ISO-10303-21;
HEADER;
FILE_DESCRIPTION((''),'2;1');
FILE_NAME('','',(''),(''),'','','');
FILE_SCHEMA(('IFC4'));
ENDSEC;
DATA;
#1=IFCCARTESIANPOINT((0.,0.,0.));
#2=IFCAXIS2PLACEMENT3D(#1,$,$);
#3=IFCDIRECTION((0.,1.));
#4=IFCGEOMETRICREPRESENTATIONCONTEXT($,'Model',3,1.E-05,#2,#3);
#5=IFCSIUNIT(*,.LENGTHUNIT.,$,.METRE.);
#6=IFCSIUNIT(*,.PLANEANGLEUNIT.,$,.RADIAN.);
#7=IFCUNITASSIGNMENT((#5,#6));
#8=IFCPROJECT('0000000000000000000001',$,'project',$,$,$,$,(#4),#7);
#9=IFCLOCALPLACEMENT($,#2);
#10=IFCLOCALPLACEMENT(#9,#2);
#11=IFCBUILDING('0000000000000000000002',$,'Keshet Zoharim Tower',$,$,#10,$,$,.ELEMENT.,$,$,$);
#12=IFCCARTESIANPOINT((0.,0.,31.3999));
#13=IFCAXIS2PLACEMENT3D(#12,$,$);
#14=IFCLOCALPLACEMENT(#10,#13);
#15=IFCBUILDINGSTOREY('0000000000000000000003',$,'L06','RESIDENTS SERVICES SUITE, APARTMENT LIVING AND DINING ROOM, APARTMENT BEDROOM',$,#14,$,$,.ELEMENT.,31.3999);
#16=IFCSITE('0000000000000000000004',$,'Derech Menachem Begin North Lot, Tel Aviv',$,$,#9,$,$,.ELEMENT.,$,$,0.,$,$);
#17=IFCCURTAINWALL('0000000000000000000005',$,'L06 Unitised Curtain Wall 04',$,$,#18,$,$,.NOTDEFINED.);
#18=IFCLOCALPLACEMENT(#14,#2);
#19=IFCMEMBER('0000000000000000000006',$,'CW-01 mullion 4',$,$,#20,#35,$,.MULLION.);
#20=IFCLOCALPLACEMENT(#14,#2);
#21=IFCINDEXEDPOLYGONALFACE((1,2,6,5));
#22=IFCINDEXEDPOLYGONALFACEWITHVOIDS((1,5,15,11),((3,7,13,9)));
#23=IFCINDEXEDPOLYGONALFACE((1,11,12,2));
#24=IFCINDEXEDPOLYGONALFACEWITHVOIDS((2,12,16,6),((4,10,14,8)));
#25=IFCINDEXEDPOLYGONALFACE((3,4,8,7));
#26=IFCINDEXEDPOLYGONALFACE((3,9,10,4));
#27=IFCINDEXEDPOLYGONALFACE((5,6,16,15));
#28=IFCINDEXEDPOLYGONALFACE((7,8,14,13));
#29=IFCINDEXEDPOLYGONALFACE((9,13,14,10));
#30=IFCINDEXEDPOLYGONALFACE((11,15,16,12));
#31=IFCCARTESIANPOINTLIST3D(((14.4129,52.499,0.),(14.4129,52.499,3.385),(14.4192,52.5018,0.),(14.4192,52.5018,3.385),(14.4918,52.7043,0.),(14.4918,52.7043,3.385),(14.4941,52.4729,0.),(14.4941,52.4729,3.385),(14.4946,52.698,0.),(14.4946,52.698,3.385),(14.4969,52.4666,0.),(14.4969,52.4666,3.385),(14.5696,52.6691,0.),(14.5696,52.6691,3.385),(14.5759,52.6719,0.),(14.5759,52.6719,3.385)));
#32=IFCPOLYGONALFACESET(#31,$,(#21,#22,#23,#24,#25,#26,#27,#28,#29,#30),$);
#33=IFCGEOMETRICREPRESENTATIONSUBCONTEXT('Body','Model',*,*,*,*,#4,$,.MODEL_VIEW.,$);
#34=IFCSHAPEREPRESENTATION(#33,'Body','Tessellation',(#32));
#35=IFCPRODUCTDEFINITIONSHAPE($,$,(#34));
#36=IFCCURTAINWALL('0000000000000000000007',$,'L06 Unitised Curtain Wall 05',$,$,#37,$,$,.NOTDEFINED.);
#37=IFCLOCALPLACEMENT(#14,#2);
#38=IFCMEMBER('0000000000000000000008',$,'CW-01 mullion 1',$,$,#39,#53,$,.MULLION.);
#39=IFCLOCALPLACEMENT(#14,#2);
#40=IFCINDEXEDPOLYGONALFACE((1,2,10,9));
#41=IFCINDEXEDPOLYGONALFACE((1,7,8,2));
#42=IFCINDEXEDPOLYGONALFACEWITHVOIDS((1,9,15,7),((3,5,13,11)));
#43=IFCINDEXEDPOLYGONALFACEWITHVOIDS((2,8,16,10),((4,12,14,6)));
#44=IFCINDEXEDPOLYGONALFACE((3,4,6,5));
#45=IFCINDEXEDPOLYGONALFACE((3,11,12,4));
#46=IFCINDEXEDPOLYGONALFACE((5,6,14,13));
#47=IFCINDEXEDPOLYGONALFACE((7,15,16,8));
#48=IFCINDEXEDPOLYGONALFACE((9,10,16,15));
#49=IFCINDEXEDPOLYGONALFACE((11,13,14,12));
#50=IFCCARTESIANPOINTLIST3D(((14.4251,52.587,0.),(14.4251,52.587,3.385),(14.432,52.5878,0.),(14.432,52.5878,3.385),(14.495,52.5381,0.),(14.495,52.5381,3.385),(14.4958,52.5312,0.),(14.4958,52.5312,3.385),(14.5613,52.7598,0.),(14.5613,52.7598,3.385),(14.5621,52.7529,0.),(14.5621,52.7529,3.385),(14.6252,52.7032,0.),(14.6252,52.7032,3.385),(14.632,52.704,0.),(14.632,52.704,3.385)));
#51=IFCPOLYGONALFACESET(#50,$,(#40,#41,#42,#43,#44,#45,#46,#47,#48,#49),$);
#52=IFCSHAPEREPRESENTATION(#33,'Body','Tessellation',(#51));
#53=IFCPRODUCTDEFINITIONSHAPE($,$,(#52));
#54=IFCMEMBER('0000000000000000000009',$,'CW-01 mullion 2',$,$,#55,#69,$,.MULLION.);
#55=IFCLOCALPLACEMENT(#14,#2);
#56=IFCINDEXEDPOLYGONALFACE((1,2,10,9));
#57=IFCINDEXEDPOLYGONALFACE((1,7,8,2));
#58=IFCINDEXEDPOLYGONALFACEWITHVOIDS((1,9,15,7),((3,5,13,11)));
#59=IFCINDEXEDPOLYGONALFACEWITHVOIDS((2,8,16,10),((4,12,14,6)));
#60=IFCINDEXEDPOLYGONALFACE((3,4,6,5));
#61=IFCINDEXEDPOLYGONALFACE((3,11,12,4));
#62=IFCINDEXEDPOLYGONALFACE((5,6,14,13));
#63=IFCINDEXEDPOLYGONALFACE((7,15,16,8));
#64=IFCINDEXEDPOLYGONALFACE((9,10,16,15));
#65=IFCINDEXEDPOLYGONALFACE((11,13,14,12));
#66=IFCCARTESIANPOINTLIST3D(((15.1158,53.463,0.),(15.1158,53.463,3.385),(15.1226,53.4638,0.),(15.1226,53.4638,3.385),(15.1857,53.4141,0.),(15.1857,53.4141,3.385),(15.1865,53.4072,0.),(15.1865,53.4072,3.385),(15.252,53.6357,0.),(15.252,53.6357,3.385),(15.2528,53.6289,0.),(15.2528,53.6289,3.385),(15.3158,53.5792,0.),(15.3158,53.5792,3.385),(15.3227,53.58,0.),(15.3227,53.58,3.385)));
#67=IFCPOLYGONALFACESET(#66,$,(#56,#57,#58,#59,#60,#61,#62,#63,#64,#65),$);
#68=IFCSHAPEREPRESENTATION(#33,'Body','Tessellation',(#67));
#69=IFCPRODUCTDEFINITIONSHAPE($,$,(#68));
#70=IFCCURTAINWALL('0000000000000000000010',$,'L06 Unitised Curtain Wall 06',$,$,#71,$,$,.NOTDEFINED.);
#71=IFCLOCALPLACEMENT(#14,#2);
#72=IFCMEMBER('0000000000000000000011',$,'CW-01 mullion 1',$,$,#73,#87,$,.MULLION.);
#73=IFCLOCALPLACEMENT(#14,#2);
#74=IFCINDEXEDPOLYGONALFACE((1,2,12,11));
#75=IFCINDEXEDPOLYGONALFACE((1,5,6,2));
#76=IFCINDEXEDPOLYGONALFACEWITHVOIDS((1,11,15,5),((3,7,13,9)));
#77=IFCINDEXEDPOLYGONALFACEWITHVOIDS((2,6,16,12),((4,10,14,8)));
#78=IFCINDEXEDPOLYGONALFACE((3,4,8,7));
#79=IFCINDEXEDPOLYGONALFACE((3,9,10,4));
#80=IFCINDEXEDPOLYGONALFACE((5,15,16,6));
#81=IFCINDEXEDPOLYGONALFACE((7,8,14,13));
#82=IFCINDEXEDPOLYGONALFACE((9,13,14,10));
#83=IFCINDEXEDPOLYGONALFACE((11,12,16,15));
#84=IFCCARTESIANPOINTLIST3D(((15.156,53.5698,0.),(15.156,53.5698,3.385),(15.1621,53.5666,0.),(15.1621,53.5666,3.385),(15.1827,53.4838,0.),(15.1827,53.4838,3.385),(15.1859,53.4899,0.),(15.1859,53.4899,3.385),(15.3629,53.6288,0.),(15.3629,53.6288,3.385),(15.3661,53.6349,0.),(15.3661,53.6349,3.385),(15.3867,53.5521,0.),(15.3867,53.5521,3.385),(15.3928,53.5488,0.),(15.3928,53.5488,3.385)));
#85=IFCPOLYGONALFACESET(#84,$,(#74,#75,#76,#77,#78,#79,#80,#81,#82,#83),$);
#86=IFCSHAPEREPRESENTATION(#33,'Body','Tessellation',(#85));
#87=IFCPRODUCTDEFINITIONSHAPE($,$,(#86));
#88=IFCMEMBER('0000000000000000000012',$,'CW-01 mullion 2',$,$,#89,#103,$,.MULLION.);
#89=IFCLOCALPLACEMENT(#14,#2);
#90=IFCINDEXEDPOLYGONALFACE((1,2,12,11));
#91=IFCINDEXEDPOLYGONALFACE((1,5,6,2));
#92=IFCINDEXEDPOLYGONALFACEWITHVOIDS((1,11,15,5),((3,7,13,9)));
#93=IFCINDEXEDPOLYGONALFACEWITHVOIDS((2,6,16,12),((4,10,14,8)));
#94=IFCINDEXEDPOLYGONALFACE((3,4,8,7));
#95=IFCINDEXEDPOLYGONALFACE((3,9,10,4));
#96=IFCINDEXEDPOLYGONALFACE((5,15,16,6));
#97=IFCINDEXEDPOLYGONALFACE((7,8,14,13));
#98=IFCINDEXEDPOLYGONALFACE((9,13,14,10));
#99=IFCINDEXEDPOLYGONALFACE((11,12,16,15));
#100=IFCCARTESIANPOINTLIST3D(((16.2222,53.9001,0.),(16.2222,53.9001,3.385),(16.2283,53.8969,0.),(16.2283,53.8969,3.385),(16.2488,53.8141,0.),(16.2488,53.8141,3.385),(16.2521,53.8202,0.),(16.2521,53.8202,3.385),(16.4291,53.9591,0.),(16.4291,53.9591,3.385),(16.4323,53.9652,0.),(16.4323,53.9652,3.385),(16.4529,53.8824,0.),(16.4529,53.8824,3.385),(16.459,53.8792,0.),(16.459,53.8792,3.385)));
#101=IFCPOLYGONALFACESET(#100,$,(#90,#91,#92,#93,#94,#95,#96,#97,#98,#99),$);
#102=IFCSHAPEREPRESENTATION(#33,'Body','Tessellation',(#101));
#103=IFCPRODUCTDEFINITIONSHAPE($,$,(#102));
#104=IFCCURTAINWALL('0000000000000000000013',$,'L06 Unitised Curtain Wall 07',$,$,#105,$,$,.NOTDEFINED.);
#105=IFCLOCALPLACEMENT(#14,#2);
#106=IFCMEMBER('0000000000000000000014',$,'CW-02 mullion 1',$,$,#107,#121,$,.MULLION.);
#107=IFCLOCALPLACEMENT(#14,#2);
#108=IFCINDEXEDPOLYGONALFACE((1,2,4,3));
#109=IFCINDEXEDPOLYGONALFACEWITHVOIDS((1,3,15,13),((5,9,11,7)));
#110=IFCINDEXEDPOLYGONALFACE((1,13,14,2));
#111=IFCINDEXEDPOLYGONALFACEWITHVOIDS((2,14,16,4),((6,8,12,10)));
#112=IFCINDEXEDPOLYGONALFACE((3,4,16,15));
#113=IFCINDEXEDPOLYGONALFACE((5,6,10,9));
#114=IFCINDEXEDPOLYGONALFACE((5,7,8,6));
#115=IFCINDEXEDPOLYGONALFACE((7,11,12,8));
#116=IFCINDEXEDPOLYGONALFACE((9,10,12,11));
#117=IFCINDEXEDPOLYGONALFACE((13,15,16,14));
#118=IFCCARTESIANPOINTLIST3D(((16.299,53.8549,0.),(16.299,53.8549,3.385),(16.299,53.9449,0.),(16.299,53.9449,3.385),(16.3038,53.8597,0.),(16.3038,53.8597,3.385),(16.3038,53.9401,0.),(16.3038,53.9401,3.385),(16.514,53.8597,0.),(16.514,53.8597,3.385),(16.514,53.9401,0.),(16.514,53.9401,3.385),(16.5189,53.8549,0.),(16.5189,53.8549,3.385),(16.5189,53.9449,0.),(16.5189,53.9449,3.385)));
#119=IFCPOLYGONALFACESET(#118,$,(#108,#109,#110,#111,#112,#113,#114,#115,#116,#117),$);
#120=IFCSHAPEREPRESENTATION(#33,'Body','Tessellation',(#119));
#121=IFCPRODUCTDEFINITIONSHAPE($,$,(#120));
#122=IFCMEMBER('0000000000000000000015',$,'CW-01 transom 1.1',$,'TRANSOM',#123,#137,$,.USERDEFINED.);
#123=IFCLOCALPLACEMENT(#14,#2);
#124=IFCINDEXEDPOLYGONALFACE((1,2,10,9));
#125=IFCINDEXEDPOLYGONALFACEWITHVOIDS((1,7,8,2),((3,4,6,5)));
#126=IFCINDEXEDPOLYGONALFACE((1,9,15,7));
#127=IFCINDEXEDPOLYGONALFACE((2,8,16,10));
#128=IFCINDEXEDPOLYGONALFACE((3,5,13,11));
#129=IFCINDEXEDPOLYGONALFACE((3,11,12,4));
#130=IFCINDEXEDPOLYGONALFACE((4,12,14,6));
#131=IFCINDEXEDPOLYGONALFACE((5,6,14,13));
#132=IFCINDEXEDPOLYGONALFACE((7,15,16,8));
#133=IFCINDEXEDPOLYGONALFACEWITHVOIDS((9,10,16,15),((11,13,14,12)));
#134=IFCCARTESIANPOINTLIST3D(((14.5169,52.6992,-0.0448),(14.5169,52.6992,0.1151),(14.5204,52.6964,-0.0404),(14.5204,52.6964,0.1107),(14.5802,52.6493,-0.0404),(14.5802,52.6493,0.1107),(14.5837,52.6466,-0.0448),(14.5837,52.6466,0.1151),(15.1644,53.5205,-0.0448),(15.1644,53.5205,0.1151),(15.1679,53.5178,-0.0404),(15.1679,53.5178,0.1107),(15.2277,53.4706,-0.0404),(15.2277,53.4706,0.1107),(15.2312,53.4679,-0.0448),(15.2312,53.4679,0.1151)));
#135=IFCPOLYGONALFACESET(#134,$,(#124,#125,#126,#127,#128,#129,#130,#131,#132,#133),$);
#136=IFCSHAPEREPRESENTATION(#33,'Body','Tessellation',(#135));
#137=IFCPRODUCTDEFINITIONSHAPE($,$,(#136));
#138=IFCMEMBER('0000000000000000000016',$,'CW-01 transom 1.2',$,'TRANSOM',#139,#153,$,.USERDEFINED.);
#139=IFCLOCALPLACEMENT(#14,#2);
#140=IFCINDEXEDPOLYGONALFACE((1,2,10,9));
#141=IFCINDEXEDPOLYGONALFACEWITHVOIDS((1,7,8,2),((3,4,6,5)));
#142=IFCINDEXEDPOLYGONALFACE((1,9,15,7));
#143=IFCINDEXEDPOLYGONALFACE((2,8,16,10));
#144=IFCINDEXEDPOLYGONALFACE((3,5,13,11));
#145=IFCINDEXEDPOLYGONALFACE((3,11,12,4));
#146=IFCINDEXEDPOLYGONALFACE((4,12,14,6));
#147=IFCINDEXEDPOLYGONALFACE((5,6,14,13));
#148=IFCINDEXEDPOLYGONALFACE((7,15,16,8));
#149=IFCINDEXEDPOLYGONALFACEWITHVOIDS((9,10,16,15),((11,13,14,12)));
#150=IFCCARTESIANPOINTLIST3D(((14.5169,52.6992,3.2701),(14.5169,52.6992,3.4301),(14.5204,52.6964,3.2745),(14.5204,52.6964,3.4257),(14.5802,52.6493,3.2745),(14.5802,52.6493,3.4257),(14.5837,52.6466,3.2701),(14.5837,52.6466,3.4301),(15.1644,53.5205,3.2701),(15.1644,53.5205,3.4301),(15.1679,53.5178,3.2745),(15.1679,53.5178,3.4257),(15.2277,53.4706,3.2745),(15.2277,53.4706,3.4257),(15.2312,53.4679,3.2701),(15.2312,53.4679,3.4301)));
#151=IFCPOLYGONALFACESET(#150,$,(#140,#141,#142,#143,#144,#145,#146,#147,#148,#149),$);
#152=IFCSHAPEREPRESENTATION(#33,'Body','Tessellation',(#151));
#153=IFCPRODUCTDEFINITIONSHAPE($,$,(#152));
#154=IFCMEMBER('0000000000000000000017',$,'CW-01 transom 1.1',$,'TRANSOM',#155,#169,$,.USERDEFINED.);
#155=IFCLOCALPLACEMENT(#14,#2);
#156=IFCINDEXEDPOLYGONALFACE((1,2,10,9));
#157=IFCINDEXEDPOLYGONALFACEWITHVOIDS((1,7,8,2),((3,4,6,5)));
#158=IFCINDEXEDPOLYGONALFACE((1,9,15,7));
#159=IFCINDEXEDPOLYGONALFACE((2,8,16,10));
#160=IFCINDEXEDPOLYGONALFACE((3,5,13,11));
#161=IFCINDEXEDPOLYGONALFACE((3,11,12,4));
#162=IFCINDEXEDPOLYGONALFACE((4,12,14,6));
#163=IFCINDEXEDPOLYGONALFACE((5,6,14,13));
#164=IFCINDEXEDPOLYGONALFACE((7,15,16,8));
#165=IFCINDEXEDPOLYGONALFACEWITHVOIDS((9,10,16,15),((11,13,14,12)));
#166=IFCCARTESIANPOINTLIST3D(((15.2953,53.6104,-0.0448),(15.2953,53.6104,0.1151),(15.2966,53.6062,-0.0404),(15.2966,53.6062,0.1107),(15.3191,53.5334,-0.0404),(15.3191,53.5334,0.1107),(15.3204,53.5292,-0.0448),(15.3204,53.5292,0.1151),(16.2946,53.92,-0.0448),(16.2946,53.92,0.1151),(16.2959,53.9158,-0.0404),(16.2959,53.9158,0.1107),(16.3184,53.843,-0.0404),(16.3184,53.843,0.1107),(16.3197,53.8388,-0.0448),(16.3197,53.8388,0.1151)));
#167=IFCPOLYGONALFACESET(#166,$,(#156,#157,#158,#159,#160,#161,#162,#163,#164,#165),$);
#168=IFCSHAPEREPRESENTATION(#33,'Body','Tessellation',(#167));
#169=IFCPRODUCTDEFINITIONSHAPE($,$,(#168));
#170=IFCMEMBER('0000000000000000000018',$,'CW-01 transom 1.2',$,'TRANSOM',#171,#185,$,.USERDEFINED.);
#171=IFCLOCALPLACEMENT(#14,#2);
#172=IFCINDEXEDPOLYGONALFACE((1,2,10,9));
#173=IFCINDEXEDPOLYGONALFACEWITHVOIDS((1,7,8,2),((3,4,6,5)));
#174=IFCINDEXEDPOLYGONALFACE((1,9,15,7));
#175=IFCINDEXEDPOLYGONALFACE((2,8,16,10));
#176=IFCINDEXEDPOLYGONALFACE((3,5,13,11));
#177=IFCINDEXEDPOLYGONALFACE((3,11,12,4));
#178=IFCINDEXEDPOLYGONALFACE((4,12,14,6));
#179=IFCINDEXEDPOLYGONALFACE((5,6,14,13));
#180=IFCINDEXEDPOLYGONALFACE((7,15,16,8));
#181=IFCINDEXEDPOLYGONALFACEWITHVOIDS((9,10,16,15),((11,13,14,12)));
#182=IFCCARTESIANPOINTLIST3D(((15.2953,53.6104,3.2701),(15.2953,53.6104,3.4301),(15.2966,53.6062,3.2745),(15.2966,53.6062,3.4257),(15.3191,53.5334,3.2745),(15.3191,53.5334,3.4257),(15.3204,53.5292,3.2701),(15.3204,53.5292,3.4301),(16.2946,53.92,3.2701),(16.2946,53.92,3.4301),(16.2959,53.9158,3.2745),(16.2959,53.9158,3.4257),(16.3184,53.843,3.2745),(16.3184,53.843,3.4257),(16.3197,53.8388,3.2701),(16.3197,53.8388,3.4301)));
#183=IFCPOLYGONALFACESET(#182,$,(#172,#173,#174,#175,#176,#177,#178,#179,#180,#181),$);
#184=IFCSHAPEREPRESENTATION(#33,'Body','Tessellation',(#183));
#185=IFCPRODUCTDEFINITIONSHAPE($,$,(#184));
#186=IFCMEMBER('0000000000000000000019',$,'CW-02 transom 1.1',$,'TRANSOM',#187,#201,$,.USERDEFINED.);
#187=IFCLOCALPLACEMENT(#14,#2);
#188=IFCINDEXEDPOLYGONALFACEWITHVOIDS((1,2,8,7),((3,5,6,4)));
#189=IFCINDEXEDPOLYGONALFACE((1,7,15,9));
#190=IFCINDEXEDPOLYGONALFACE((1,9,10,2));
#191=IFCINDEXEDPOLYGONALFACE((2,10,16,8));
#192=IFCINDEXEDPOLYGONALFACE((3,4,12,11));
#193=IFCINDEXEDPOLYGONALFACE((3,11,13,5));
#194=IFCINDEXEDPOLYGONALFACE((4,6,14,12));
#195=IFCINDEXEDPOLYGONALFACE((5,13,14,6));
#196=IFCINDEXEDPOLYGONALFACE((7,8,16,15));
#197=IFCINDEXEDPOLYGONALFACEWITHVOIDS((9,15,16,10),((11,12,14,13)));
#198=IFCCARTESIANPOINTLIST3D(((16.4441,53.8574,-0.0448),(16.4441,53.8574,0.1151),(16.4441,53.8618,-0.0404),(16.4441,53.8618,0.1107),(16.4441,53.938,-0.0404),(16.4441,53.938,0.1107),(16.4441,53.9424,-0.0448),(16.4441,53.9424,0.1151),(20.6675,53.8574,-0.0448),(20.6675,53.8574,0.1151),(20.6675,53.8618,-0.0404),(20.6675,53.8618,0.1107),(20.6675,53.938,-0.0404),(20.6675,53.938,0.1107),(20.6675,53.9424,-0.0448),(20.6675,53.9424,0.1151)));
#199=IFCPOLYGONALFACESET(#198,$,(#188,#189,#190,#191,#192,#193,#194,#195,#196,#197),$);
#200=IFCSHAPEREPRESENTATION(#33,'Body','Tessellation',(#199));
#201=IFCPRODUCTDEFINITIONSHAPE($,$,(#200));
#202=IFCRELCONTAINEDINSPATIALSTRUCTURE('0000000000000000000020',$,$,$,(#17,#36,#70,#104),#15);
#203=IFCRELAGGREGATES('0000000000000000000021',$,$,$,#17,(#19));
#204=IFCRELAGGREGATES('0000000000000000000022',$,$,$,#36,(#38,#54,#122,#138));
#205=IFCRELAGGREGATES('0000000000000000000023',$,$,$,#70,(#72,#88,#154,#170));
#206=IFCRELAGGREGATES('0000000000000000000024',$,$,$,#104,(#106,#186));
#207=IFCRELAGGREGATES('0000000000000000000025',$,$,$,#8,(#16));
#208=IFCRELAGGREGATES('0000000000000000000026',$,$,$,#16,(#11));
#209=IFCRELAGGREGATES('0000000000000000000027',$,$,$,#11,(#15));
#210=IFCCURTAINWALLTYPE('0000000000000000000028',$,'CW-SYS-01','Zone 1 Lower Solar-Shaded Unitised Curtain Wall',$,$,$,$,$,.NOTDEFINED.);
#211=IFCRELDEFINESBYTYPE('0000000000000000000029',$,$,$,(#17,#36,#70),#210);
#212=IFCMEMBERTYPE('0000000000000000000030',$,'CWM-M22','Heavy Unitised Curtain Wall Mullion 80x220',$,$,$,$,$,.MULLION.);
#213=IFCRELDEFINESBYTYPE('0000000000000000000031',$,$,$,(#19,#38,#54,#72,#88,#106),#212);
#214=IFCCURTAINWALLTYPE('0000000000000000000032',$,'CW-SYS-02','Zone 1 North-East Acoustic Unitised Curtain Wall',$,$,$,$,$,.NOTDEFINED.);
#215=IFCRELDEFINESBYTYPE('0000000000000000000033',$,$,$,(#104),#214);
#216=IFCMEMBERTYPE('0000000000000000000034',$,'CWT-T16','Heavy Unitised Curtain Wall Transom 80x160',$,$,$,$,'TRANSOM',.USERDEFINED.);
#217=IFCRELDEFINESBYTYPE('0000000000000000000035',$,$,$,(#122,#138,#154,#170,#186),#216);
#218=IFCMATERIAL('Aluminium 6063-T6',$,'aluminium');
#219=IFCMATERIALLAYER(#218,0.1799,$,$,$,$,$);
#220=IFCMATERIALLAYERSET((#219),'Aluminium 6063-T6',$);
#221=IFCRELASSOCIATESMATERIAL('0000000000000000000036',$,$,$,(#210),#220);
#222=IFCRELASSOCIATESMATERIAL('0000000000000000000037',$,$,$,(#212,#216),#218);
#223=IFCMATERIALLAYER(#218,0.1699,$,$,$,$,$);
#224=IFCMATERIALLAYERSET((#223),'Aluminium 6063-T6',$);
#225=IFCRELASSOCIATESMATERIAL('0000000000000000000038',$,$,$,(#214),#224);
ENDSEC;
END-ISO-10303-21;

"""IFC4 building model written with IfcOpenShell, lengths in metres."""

from ifc_helpers import new_model, si_unit, direction, frame, origin, origin_2d, place, context, subcontext, project, spatial, hollow_rectangle, extrude, material, layer, layer_set, material_profile, profile_set, type_object, element, aggregate, save


model = new_model("IFC4")

# Units and contexts
model_context = context("Model", 3, precision=1e-05, world=origin(), true_north=direction((0.0, 1.0)))
body_context = subcontext(model_context, "Body", "Model", "MODEL_VIEW")
ifc_project = project(units=[si_unit("LENGTHUNIT", "METRE"), si_unit("PLANEANGLEUNIT", "RADIAN")], contexts=[model_context])

# Site, building, storey
site_placement = place(None, origin())
site = spatial("IfcSite", under=ifc_project, at=site_placement, Name="Derech Menachem Begin North Lot, Tel Aviv", CompositionType="ELEMENT", RefElevation=0.0)
building_placement = place(site_placement, origin())
building = spatial("IfcBuilding", under=site, at=building_placement, Name="Keshet Zoharim Tower", CompositionType="ELEMENT")
storey_placement = place(building_placement, frame((0.0, 0.0, 31.3999)))
storey = spatial("IfcBuildingStorey", under=building, at=storey_placement, Name="L06", Description="RESIDENTS SERVICES SUITE, APARTMENT LIVING AND DINING ROOM, APARTMENT BEDROOM", CompositionType="ELEMENT", Elevation=31.3999)

# Curtain wall, member
ifc_material_1 = material(Name="Aluminium 6063-T6", Category="aluminium")
ifc_layer_1 = layer(ifc_material_1, 0.1799)
ifc_layer_set_1 = layer_set([ifc_layer_1], Name="Aluminium 6063-T6")
curtain_wall_type_1 = type_object("IfcCurtainWallType", Name="CW-SYS-01", Description="Zone 1 Lower Solar-Shaded Unitised Curtain Wall", PredefinedType="NOTDEFINED", material=ifc_layer_set_1)
curtain_wall_1_placement = place(storey_placement, origin())
curtain_wall_1 = element("IfcCurtainWall", 1, at=curtain_wall_1_placement, inside=storey, type_object=curtain_wall_type_1, Name="L06 Unitised Curtain Wall 04", PredefinedType="NOTDEFINED")
ifc_material_profile_1 = material_profile(ifc_material_1, hollow_rectangle(XDim=0.0901, YDim=0.22, WallThickness=0.0049, at=origin_2d()), Name="MUL-90x220")
ifc_profile_set_1 = profile_set([ifc_material_profile_1], Name="Aluminium 6063-T6")
member_type_1 = type_object("IfcMemberType", Name="CWM-M22", Description="Heavy Unitised Curtain Wall Mullion 80x220", PredefinedType="MULLION", material=ifc_profile_set_1)
member_1_placement = place(storey_placement, frame((14.4944, 52.5854, 0.0), z_axis=(0.0, 0.0, 1.0), x_axis=(-0.933341, 0.35899, 0.0)))
member_1 = element("IfcMember", 2, at=member_1_placement, type_object=member_type_1, Name="CW-01 mullion 4", PredefinedType="MULLION", context=body_context, shape_type="SweptSolid", body=[
    extrude(hollow_rectangle(XDim=0.0901, YDim=0.22, WallThickness=0.0049, at=origin_2d()), origin(), (0.0, 0.0, 1.0), 3.385),
])

# Curtain walls, members
curtain_wall_2_placement = place(storey_placement, origin())
curtain_wall_2 = element("IfcCurtainWall", 3, at=curtain_wall_2_placement, inside=storey, type_object=curtain_wall_type_1, Name="L06 Unitised Curtain Wall 05", PredefinedType="NOTDEFINED")
member_2_placement = place(storey_placement, frame((14.5286, 52.6455, 0.0), z_axis=(0.0, 0.0, 1.0), x_axis=(-0.785293, 0.619125, 0.0)))
member_2 = element("IfcMember", 4, at=member_2_placement, type_object=member_type_1, Name="CW-01 mullion 1", PredefinedType="MULLION", context=body_context, shape_type="SweptSolid", body=[
    extrude(hollow_rectangle(XDim=0.0901, YDim=0.22, WallThickness=0.0049, at=origin_2d()), origin(), (0.0, 0.0, 1.0), 3.385),
])
member_3_placement = place(storey_placement, frame((15.2192, 53.5215, 0.0), z_axis=(0.0, 0.0, 1.0), x_axis=(-0.785293, 0.619125, 0.0)))
member_3 = element("IfcMember", 5, at=member_3_placement, type_object=member_type_1, Name="CW-01 mullion 2", PredefinedType="MULLION", context=body_context, shape_type="SweptSolid", body=[
    extrude(hollow_rectangle(XDim=0.0901, YDim=0.22, WallThickness=0.0049, at=origin_2d()), origin(), (0.0, 0.0, 1.0), 3.385),
])
curtain_wall_3_placement = place(storey_placement, origin())
curtain_wall_3 = element("IfcCurtainWall", 6, at=curtain_wall_3_placement, inside=storey, type_object=curtain_wall_type_1, Name="L06 Unitised Curtain Wall 06", PredefinedType="NOTDEFINED")
member_4_placement = place(storey_placement, frame((15.2744, 53.5593, 0.0), z_axis=(0.0, 0.0, 1.0), x_axis=(-0.295922, 0.955212, 0.0)))
member_4 = element("IfcMember", 7, at=member_4_placement, type_object=member_type_1, Name="CW-01 mullion 1", PredefinedType="MULLION", context=body_context, shape_type="SweptSolid", body=[
    extrude(hollow_rectangle(XDim=0.0901, YDim=0.22, WallThickness=0.0049, at=origin_2d()), origin(), (0.0, 0.0, 1.0), 3.385),
])
member_5_placement = place(storey_placement, frame((16.3406, 53.8896, 0.0), z_axis=(0.0, 0.0, 1.0), x_axis=(-0.295922, 0.955212, 0.0)))
member_5 = element("IfcMember", 8, at=member_5_placement, type_object=member_type_1, Name="CW-01 mullion 2", PredefinedType="MULLION", context=body_context, shape_type="SweptSolid", body=[
    extrude(hollow_rectangle(XDim=0.0901, YDim=0.22, WallThickness=0.0049, at=origin_2d()), origin(), (0.0, 0.0, 1.0), 3.385),
])

# Curtain wall, member
ifc_layer_2 = layer(ifc_material_1, 0.1699)
ifc_layer_set_2 = layer_set([ifc_layer_2], Name="Aluminium 6063-T6")
curtain_wall_type_2 = type_object("IfcCurtainWallType", Name="CW-SYS-02", Description="Zone 1 North-East Acoustic Unitised Curtain Wall", PredefinedType="NOTDEFINED", material=ifc_layer_set_2)
curtain_wall_4_placement = place(storey_placement, origin())
curtain_wall_4 = element("IfcCurtainWall", 9, at=curtain_wall_4_placement, inside=storey, type_object=curtain_wall_type_2, Name="L06 Unitised Curtain Wall 07", PredefinedType="NOTDEFINED")
member_6_placement = place(storey_placement, frame((16.4089, 53.8999, 0.0), z_axis=(0.0, 0.0, 1.0), x_axis=(0.0, 1.0, 0.0)))
member_6 = element("IfcMember", 10, at=member_6_placement, type_object=member_type_1, Name="CW-02 mullion 1", PredefinedType="MULLION", context=body_context, shape_type="SweptSolid", body=[
    extrude(hollow_rectangle(XDim=0.0901, YDim=0.22, WallThickness=0.0049, at=origin_2d()), origin(), (0.0, 0.0, 1.0), 3.385),
])

# Members
ifc_material_profile_2 = material_profile(ifc_material_1, hollow_rectangle(XDim=0.085, YDim=0.1599, WallThickness=0.0044, at=origin_2d()), Name="TRN-85x160")
ifc_profile_set_2 = profile_set([ifc_material_profile_2], Name="Aluminium 6063-T6")
member_type_2 = type_object("IfcMemberType", Name="CWT-T16", Description="Heavy Unitised Curtain Wall Transom 80x160", ElementType="TRANSOM", PredefinedType="USERDEFINED", material=ifc_profile_set_2)
member_7_placement = place(storey_placement, frame((14.5503, 52.6729, 0.0352), z_axis=(0.619099, 0.785313, 0.0), x_axis=(-0.785313, 0.619099, 0.0)))
member_7 = element("IfcMember", 11, at=member_7_placement, type_object=member_type_2, Name="CW-01 transom 1.1", ObjectType="TRANSOM", PredefinedType="USERDEFINED", context=body_context, shape_type="SweptSolid", body=[
    extrude(hollow_rectangle(XDim=0.085, YDim=0.1599, WallThickness=0.0044, at=origin_2d()), origin(), (0.0, 0.0, 1.0), 1.0459),
])
member_8_placement = place(storey_placement, frame((14.5503, 52.6729, 3.3501), z_axis=(0.619099, 0.785313, 0.0), x_axis=(-0.785313, 0.619099, 0.0)))
member_8 = element("IfcMember", 12, at=member_8_placement, type_object=member_type_2, Name="CW-01 transom 1.2", ObjectType="TRANSOM", PredefinedType="USERDEFINED", context=body_context, shape_type="SweptSolid", body=[
    extrude(hollow_rectangle(XDim=0.085, YDim=0.1599, WallThickness=0.0044, at=origin_2d()), origin(), (0.0, 0.0, 1.0), 1.0459),
])
member_9_placement = place(storey_placement, frame((15.3079, 53.5698, 0.0352), z_axis=(0.955212, 0.295922, 0.0), x_axis=(-0.295922, 0.955212, 0.0)))
member_9 = element("IfcMember", 13, at=member_9_placement, type_object=member_type_2, Name="CW-01 transom 1.1", ObjectType="TRANSOM", PredefinedType="USERDEFINED", context=body_context, shape_type="SweptSolid", body=[
    extrude(hollow_rectangle(XDim=0.085, YDim=0.1599, WallThickness=0.0044, at=origin_2d()), origin(), (0.0, 0.0, 1.0), 1.0461),
])
member_10_placement = place(storey_placement, frame((15.3079, 53.5698, 3.3501), z_axis=(0.955212, 0.295922, 0.0), x_axis=(-0.295922, 0.955212, 0.0)))
member_10 = element("IfcMember", 14, at=member_10_placement, type_object=member_type_2, Name="CW-01 transom 1.2", ObjectType="TRANSOM", PredefinedType="USERDEFINED", context=body_context, shape_type="SweptSolid", body=[
    extrude(hollow_rectangle(XDim=0.085, YDim=0.1599, WallThickness=0.0044, at=origin_2d()), origin(), (0.0, 0.0, 1.0), 1.0461),
])
member_11_placement = place(storey_placement, frame((16.4441, 53.8999, 0.0352), z_axis=(1.0, 0.0, 0.0), x_axis=(0.0, 1.0, 0.0)))
member_11 = element("IfcMember", 15, at=member_11_placement, type_object=member_type_2, Name="CW-02 transom 1.1", ObjectType="TRANSOM", PredefinedType="USERDEFINED", context=body_context, shape_type="SweptSolid", body=[
    extrude(hollow_rectangle(XDim=0.085, YDim=0.1599, WallThickness=0.0044, at=origin_2d()), origin(), (0.0, 0.0, 1.0), 4.2234),
])

aggregate(curtain_wall_1, [member_1])
aggregate(curtain_wall_2, [member_2, member_3, member_7, member_8])
aggregate(curtain_wall_3, [member_4, member_5, member_9, member_10])
aggregate(curtain_wall_4, [member_6, member_11])

save(model, "model.ifc")
